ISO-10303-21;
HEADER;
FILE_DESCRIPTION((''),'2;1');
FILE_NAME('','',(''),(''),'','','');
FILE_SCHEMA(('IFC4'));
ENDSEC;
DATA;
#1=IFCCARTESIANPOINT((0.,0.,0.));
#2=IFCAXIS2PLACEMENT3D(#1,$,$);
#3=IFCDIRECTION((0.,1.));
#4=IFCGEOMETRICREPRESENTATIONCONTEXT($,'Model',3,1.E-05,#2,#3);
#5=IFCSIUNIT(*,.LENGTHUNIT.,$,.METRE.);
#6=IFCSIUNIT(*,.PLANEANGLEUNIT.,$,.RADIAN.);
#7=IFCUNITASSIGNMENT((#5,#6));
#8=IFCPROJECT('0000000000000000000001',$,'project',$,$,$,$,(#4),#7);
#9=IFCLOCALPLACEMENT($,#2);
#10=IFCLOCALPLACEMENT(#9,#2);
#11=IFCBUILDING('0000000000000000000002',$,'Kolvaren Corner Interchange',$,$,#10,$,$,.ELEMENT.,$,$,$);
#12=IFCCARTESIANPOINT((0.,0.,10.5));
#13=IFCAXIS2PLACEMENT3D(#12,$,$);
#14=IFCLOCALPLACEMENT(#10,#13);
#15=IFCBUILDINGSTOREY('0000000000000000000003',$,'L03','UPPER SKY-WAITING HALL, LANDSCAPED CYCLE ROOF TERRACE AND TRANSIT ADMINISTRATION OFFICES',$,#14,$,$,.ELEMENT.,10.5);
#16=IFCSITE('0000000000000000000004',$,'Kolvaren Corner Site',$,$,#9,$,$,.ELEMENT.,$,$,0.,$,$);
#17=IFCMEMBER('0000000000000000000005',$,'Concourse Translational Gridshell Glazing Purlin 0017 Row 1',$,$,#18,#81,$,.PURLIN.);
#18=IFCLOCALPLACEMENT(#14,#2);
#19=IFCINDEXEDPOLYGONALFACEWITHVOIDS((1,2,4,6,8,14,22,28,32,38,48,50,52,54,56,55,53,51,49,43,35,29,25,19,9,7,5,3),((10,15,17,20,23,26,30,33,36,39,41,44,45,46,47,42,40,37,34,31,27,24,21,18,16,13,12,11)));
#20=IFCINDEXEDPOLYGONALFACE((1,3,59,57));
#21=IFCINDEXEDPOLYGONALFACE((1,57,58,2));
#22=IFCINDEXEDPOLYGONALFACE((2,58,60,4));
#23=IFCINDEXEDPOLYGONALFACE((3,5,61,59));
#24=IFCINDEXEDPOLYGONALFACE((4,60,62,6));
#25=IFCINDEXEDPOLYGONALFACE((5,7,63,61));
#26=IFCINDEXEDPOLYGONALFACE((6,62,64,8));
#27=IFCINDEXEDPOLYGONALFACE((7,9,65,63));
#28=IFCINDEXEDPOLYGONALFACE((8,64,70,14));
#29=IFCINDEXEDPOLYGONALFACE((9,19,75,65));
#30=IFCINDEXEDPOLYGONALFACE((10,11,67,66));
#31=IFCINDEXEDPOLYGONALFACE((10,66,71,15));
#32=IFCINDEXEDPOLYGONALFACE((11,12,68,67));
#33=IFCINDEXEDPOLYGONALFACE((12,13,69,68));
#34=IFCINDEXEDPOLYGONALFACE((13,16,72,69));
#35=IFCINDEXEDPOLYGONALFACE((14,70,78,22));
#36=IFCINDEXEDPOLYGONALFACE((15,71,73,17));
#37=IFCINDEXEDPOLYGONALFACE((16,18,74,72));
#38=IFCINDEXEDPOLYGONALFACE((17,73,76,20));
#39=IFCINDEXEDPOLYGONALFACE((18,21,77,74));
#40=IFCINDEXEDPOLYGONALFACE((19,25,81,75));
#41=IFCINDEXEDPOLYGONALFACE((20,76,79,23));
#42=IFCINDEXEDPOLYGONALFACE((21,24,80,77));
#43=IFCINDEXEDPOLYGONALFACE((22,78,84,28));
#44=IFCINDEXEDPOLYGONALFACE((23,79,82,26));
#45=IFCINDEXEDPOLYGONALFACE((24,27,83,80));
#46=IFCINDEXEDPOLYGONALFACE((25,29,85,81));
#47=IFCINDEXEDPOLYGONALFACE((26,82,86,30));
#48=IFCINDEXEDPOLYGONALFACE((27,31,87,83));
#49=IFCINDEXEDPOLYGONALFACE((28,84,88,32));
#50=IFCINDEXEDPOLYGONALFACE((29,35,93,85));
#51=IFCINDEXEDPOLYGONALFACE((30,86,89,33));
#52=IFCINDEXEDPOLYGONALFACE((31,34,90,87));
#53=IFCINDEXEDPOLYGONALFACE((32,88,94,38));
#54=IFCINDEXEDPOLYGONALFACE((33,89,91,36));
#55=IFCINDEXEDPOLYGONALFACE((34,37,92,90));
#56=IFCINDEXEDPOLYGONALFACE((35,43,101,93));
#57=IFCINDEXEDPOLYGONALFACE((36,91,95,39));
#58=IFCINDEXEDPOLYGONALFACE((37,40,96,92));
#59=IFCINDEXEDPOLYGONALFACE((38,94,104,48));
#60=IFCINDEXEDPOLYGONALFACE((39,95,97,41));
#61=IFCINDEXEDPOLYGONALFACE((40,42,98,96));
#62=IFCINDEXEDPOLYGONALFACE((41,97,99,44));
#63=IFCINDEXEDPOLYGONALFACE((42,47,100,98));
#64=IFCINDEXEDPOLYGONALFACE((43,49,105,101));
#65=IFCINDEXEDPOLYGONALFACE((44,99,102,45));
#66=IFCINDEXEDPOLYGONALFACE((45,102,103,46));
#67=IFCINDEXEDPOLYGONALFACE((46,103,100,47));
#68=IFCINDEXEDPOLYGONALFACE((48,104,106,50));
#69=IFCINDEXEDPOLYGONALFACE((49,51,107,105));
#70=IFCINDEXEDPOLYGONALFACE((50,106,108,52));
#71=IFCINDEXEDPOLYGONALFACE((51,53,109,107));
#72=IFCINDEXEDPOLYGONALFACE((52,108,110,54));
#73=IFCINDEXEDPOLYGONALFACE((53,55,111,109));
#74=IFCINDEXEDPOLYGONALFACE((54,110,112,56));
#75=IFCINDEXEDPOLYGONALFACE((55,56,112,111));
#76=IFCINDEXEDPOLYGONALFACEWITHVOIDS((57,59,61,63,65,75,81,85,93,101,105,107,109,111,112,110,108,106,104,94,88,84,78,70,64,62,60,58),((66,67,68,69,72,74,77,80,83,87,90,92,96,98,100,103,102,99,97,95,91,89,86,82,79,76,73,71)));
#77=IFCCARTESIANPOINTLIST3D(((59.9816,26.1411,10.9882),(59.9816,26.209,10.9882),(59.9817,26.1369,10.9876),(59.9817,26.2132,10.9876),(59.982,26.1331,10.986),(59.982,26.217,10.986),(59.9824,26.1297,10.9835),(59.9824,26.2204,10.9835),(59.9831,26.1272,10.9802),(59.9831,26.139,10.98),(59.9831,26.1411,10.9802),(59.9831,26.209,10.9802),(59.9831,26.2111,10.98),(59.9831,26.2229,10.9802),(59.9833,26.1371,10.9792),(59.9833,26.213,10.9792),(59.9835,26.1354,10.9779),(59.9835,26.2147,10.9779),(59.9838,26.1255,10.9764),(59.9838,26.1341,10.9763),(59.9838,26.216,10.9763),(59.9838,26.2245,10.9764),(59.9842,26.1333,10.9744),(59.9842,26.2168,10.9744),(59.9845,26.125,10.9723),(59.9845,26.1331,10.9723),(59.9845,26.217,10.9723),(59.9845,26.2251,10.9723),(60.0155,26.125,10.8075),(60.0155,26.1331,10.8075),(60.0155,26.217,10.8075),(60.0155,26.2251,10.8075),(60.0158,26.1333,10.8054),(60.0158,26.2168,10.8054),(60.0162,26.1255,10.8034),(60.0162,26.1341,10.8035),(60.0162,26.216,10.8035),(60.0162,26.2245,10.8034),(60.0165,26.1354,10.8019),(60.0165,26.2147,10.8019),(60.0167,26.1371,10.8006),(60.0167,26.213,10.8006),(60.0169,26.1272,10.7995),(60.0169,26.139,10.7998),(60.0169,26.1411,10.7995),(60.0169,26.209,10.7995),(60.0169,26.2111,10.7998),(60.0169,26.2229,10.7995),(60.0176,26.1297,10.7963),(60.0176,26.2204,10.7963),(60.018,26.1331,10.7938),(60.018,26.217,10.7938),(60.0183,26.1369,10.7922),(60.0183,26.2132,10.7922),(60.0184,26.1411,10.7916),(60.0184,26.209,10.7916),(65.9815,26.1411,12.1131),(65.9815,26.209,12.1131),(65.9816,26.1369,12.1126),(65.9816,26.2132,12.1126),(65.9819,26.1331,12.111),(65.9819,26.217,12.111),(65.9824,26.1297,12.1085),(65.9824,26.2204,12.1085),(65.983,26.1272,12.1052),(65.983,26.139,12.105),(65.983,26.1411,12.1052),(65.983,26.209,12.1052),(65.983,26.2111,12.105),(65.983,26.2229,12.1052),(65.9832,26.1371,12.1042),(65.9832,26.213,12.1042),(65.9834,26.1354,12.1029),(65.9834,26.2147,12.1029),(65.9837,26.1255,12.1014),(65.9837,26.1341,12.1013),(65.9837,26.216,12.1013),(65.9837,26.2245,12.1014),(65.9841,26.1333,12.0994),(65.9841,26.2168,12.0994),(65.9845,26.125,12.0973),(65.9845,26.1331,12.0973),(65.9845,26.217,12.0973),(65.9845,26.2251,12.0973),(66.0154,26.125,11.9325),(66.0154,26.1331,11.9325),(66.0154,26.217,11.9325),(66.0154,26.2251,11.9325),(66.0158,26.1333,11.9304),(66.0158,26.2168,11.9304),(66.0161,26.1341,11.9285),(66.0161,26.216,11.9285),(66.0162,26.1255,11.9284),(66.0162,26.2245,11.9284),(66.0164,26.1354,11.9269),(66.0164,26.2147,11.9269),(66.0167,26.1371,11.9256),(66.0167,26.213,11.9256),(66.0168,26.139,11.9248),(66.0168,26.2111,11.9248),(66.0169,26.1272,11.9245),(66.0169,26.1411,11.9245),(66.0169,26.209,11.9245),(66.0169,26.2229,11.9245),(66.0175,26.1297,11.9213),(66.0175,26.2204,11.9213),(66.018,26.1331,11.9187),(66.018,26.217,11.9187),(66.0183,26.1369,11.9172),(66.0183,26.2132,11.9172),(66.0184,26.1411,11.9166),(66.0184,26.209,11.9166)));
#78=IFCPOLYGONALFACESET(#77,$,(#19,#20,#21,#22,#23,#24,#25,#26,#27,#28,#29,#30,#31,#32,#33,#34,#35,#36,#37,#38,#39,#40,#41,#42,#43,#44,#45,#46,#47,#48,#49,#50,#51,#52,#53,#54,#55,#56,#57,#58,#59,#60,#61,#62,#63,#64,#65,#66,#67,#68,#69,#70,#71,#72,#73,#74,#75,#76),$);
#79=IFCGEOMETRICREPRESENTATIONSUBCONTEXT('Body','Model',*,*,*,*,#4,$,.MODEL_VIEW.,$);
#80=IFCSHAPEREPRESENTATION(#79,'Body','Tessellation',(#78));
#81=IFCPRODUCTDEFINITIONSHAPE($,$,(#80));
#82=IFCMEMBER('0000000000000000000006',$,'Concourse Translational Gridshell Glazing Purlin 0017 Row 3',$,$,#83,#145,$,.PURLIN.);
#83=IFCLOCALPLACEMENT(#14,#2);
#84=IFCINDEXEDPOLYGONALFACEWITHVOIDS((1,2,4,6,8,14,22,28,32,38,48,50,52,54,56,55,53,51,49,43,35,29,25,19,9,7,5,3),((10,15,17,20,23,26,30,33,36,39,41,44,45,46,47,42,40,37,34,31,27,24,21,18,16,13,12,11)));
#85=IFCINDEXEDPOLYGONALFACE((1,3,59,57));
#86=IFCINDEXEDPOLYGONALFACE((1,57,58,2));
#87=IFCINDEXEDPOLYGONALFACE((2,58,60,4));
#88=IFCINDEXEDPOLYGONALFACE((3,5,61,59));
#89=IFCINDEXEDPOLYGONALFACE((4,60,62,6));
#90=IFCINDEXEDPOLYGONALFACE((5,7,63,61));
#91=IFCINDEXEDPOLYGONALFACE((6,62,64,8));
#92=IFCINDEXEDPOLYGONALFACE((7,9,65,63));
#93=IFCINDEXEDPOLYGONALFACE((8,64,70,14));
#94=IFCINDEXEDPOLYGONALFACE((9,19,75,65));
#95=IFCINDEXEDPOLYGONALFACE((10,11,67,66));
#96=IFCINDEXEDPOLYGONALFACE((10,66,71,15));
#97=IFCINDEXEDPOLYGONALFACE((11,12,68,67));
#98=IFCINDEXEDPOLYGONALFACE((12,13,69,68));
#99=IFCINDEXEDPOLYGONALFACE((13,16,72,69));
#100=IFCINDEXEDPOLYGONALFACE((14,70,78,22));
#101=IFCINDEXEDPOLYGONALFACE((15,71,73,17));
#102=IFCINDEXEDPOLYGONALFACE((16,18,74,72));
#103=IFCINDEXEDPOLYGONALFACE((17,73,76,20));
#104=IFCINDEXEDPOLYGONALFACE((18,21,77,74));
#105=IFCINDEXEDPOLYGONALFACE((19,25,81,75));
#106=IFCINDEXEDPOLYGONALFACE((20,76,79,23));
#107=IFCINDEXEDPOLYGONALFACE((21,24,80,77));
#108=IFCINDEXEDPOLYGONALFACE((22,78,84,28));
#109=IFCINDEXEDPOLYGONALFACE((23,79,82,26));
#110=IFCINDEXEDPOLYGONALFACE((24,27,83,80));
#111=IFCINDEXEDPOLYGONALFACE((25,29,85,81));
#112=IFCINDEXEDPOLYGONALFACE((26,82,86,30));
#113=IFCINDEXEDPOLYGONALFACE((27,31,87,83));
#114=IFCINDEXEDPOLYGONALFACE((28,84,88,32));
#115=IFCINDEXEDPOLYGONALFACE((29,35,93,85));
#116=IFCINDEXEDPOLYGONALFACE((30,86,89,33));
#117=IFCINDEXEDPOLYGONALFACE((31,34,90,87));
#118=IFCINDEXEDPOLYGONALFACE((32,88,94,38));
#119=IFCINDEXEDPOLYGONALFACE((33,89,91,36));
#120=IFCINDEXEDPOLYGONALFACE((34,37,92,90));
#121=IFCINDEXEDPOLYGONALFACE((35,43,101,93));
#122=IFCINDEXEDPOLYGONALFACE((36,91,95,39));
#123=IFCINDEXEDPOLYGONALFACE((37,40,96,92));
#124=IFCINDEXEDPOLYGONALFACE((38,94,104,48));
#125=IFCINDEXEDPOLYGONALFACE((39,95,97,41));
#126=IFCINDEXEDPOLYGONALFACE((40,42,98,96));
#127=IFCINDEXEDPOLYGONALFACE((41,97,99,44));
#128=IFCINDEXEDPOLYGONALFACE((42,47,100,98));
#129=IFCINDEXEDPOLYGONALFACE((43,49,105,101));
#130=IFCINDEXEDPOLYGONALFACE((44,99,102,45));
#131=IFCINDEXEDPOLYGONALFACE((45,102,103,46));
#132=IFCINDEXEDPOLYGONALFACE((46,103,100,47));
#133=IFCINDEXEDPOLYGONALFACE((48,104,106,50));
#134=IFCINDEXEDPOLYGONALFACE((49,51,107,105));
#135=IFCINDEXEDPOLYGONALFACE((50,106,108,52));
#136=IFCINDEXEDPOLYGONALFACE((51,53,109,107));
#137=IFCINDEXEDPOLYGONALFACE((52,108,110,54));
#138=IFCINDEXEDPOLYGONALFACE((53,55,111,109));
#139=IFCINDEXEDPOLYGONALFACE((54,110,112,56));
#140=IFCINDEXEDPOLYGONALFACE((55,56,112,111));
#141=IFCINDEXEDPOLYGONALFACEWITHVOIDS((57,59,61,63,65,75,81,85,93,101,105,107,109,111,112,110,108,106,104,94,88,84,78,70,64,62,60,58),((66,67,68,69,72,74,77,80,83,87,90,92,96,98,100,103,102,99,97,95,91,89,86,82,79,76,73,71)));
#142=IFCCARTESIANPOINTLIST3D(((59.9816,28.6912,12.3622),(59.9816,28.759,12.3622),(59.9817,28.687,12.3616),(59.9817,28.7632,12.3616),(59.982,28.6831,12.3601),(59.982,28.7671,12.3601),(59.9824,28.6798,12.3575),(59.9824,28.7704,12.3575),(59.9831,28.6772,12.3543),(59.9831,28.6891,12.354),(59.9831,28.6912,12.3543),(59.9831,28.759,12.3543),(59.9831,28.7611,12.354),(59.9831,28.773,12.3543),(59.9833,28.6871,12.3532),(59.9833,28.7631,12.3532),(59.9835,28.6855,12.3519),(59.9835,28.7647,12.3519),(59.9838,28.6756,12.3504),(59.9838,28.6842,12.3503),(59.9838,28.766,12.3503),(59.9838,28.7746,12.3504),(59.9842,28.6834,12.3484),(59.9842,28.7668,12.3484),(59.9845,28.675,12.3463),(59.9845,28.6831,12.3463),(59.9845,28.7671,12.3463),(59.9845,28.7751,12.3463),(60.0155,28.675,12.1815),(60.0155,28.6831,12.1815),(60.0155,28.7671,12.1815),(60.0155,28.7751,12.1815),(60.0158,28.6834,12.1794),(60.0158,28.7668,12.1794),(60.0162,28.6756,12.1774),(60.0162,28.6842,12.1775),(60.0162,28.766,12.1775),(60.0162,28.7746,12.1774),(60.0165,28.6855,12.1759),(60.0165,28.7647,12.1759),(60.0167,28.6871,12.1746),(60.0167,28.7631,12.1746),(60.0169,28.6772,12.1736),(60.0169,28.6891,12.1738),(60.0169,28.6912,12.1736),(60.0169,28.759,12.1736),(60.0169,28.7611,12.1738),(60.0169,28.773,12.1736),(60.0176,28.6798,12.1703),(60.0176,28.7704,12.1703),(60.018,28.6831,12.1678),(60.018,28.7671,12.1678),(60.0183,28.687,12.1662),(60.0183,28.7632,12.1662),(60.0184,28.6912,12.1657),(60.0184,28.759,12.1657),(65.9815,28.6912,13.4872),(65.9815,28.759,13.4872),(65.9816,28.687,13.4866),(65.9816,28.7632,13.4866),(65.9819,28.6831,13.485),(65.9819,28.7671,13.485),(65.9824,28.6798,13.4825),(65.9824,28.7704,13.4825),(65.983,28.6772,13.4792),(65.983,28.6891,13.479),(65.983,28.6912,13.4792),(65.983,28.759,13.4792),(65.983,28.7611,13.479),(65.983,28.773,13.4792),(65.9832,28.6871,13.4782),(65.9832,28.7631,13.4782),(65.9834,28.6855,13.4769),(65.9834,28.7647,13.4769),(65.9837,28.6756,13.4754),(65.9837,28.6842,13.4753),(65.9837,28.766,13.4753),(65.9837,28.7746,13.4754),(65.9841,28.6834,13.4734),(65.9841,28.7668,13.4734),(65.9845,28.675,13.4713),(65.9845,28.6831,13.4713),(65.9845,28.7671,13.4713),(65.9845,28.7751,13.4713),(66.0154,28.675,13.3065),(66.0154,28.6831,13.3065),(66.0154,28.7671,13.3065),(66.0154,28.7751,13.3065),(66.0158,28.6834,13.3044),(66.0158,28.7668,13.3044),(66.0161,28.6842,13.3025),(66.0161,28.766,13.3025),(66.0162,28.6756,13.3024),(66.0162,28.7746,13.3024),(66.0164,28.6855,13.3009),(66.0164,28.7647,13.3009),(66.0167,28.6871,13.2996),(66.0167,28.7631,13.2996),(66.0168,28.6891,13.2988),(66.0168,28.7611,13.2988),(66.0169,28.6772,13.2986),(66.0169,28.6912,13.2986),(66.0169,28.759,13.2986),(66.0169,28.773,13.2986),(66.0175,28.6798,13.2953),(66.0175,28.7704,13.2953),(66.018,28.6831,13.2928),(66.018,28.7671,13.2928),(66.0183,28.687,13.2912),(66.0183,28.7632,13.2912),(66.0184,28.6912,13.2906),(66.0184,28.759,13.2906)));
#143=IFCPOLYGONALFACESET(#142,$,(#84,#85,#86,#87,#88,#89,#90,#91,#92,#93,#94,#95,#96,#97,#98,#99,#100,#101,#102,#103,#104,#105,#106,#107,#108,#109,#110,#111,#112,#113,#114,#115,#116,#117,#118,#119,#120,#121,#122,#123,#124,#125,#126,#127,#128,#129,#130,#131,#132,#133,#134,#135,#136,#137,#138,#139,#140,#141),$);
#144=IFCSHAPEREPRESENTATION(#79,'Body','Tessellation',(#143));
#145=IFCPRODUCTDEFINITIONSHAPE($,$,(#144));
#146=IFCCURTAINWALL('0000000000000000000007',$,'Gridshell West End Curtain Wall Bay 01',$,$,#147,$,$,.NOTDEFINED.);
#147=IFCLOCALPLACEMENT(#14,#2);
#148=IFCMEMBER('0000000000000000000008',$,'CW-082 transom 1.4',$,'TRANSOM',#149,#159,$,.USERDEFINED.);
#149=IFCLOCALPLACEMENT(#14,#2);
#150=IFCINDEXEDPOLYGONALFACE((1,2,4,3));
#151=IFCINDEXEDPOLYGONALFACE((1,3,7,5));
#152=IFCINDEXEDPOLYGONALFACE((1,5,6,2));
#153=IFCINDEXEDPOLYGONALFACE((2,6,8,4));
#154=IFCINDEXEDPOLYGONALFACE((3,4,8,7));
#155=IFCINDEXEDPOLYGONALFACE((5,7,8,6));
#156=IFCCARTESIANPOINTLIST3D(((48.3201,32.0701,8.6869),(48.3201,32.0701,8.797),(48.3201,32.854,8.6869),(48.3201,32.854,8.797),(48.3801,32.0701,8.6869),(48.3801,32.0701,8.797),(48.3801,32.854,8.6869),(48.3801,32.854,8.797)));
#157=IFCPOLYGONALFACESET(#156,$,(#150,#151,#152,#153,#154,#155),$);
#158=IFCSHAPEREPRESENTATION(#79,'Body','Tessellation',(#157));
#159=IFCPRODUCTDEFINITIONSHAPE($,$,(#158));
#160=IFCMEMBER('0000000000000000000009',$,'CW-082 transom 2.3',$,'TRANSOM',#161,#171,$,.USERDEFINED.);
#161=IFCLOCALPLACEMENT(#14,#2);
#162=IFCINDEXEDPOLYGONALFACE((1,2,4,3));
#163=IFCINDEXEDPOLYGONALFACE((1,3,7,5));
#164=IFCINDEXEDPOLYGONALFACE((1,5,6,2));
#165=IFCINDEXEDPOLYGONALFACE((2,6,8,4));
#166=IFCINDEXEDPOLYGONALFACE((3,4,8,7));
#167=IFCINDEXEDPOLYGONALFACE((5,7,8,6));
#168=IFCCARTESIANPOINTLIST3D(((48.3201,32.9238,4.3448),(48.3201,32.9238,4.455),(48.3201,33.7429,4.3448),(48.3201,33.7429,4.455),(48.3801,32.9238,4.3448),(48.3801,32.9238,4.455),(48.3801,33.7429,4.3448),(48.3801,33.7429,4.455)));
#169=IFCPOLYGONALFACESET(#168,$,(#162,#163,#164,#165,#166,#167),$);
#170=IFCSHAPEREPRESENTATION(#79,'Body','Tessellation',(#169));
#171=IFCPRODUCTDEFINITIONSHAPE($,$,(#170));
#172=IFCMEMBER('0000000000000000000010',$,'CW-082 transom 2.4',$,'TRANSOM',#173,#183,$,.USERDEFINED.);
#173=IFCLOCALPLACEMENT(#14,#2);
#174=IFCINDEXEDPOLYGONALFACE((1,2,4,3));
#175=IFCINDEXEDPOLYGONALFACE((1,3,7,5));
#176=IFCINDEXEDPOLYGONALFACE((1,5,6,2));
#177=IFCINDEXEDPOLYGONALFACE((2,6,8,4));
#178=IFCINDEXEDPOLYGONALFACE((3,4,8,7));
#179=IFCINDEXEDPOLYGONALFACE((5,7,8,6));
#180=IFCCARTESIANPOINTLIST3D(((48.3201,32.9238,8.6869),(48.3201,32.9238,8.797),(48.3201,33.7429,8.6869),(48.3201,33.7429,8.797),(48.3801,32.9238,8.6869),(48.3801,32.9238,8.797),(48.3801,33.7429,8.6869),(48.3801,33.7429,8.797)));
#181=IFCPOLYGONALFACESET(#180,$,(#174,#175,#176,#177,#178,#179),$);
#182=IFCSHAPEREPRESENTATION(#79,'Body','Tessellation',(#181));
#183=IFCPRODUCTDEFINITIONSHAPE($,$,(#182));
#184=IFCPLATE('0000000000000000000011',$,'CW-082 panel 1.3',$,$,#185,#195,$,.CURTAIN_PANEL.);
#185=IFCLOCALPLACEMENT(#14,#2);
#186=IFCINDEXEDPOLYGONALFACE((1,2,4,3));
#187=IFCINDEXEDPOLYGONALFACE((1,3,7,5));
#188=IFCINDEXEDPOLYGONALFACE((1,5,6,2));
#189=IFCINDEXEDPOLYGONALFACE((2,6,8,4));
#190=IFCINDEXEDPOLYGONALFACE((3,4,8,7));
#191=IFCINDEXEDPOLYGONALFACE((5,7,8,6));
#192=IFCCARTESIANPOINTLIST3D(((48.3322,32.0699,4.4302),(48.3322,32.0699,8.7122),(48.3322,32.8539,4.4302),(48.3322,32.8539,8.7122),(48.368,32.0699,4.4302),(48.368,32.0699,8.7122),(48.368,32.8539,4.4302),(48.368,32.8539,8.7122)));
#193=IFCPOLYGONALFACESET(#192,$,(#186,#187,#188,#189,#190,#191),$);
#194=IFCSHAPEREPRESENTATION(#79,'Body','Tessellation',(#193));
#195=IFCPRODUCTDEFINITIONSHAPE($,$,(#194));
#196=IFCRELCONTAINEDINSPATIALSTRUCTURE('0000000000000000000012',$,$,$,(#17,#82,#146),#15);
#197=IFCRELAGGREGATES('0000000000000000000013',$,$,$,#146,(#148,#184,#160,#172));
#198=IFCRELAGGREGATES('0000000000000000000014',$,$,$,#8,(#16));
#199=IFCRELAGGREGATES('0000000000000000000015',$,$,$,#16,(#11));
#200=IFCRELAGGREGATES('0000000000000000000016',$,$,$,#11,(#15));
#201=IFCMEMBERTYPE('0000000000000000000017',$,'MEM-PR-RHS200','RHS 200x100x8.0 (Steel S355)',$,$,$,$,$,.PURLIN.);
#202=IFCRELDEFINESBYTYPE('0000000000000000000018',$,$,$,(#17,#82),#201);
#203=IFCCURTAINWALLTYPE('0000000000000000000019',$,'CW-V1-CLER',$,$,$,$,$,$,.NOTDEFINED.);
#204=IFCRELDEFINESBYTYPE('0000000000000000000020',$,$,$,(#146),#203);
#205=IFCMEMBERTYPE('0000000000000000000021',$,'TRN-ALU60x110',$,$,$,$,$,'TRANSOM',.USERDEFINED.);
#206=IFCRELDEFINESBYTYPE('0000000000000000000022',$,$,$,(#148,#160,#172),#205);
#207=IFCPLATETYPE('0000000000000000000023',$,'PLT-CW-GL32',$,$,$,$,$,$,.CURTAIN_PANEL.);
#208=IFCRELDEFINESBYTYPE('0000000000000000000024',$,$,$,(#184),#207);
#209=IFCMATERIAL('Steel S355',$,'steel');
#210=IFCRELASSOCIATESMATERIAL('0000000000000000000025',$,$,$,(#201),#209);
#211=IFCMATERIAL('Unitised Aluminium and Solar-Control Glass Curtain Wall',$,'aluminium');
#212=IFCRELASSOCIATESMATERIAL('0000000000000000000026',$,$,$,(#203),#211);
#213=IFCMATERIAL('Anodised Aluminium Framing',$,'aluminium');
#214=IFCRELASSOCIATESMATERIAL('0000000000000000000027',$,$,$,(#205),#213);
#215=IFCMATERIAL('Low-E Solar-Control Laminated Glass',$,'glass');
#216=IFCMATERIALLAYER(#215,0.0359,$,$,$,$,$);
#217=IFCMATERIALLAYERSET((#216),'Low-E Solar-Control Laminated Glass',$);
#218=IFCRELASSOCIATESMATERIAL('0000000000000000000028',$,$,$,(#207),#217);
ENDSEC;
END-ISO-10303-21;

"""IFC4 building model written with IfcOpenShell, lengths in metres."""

from ifc_helpers import new_model, si_unit, direction, frame, origin, origin_2d, place, context, subcontext, project, spatial, rectangle, hollow_rectangle, extrude, material, layer, layer_set, material_profile, profile_set, type_object, element, aggregate, save


model = new_model("IFC4")

# Units and contexts
model_context = context("Model", 3, precision=1e-05, world=origin(), true_north=direction((0.0, 1.0)))
body_context = subcontext(model_context, "Body", "Model", "MODEL_VIEW")
ifc_project = project(units=[si_unit("LENGTHUNIT", "METRE"), si_unit("PLANEANGLEUNIT", "RADIAN")], contexts=[model_context])

# Site, building, storey
site_placement = place(None, origin())
site = spatial("IfcSite", under=ifc_project, at=site_placement, Name="Kolvaren Corner Site", CompositionType="ELEMENT", RefElevation=0.0)
building_placement = place(site_placement, origin())
building = spatial("IfcBuilding", under=site, at=building_placement, Name="Kolvaren Corner Interchange", CompositionType="ELEMENT")
storey_placement = place(building_placement, frame((0.0, 0.0, 10.5)))
storey = spatial("IfcBuildingStorey", under=building, at=storey_placement, Name="L03", Description="UPPER SKY-WAITING HALL, LANDSCAPED CYCLE ROOF TERRACE AND TRANSIT ADMINISTRATION OFFICES", CompositionType="ELEMENT", Elevation=10.5)

# Members
ifc_material_1 = material(Name="Steel S355", Category="steel")
ifc_material_profile_1 = material_profile(ifc_material_1, hollow_rectangle(XDim=0.1001, YDim=0.2, WallThickness=0.0081, InnerFilletRadius=0.0081, OuterFilletRadius=0.0161, at=origin_2d()), Name="RHS 200x100x8.0")
ifc_profile_set_1 = profile_set([ifc_material_profile_1], Name="Steel S355")
member_type_1 = type_object("IfcMemberType", Name="MEM-PR-RHS200", Description="RHS 200x100x8.0 (Steel S355)", PredefinedType="PURLIN", material=ifc_profile_set_1)
for number, where, z_axis, x_axis, name in (
    (1, (60.0, 26.175, 10.8899), (0.982872, 0.0, 0.184289), (0.0, 1.0, 0.0), "Concourse Translational Gridshell Glazing Purlin 0017 Row 1"),
    (2, (60.0, 28.7251, 12.2639), (0.982872, 0.0, 0.184289), (0.0, 1.0, 0.0), "Concourse Translational Gridshell Glazing Purlin 0017 Row 3"),
):
    element("IfcMember", number, at=place(storey_placement, frame(where, z_axis=z_axis, x_axis=x_axis)), inside=storey, type_object=member_type_1, Name=name, PredefinedType="PURLIN", context=body_context, shape_type="SweptSolid", body=[
        extrude(hollow_rectangle(XDim=0.1001, YDim=0.2, WallThickness=0.0081, InnerFilletRadius=0.0081, OuterFilletRadius=0.0161, at=origin_2d()), origin(), (0.0, 0.0, 1.0), 6.1045),
    ])

# Curtain wall, members, plate
ifc_material_2 = material(Name="Unitised Aluminium and Solar-Control Glass Curtain Wall", Category="aluminium")
curtain_wall_type = type_object("IfcCurtainWallType", Name="CW-V1-CLER", PredefinedType="NOTDEFINED", material=ifc_material_2)
curtain_wall_placement = place(storey_placement, origin())
curtain_wall = element("IfcCurtainWall", 3, at=curtain_wall_placement, inside=storey, type_object=curtain_wall_type, Name="Gridshell West End Curtain Wall Bay 01", PredefinedType="NOTDEFINED")
ifc_material_3 = material(Name="Anodised Aluminium Framing", Category="aluminium")
ifc_material_profile_2 = material_profile(ifc_material_3, rectangle(XDim=0.0601, YDim=0.1101, at=origin_2d()), Name="ALU 60x110")
ifc_profile_set_2 = profile_set([ifc_material_profile_2], Name="Anodised Aluminium Framing")
member_type_2 = type_object("IfcMemberType", Name="TRN-ALU60x110", ElementType="TRANSOM", PredefinedType="USERDEFINED", material=ifc_profile_set_2)
member_1_placement = place(storey_placement, frame((48.3501, 32.0701, 8.7419), z_axis=(0.0, 1.0, 0.0), x_axis=(-1.0, 0.0, 0.0)))
member_1 = element("IfcMember", 4, at=member_1_placement, type_object=member_type_2, Name="CW-082 transom 1.4", ObjectType="TRANSOM", PredefinedType="USERDEFINED", context=body_context, shape_type="SweptSolid", body=[
    extrude(rectangle(XDim=0.0601, YDim=0.1101, at=origin_2d()), origin(), (0.0, 0.0, 1.0), 0.7839),
])
member_2_placement = place(storey_placement, frame((48.3501, 32.9238, 4.3999), z_axis=(0.0, 1.0, 0.0), x_axis=(-1.0, 0.0, 0.0)))
member_2 = element("IfcMember", 5, at=member_2_placement, type_object=member_type_2, Name="CW-082 transom 2.3", ObjectType="TRANSOM", PredefinedType="USERDEFINED", context=body_context, shape_type="SweptSolid", body=[
    extrude(rectangle(XDim=0.0601, YDim=0.1101, at=origin_2d()), origin(), (0.0, 0.0, 1.0), 0.8191),
])
member_3_placement = place(storey_placement, frame((48.3501, 32.9238, 8.7419), z_axis=(0.0, 1.0, 0.0), x_axis=(-1.0, 0.0, 0.0)))
member_3 = element("IfcMember", 6, at=member_3_placement, type_object=member_type_2, Name="CW-082 transom 2.4", ObjectType="TRANSOM", PredefinedType="USERDEFINED", context=body_context, shape_type="SweptSolid", body=[
    extrude(rectangle(XDim=0.0601, YDim=0.1101, at=origin_2d()), origin(), (0.0, 0.0, 1.0), 0.8191),
])
ifc_material_4 = material(Name="Low-E Solar-Control Laminated Glass", Category="glass")
ifc_layer = layer(ifc_material_4, 0.0359)
ifc_layer_set = layer_set([ifc_layer], Name="Low-E Solar-Control Laminated Glass")
plate_type = type_object("IfcPlateType", Name="PLT-CW-GL32", PredefinedType="CURTAIN_PANEL", material=ifc_layer_set)
plate_1_placement = place(storey_placement, frame((48.3501, 32.4619, 4.4302), z_axis=(0.0, 0.0, 1.0), x_axis=(0.0, 1.0, 0.0)))
plate_1 = element("IfcPlate", 7, at=plate_1_placement, type_object=plate_type, Name="CW-082 panel 1.3", PredefinedType="CURTAIN_PANEL", context=body_context, shape_type="SweptSolid", body=[
    extrude(rectangle(XDim=0.7839, YDim=0.0359, at=origin_2d()), origin(), (0.0, 0.0, 1.0), 4.282),
])
aggregate(curtain_wall, [member_1, plate_1, member_2, member_3])

save(model, "model.ifc")
